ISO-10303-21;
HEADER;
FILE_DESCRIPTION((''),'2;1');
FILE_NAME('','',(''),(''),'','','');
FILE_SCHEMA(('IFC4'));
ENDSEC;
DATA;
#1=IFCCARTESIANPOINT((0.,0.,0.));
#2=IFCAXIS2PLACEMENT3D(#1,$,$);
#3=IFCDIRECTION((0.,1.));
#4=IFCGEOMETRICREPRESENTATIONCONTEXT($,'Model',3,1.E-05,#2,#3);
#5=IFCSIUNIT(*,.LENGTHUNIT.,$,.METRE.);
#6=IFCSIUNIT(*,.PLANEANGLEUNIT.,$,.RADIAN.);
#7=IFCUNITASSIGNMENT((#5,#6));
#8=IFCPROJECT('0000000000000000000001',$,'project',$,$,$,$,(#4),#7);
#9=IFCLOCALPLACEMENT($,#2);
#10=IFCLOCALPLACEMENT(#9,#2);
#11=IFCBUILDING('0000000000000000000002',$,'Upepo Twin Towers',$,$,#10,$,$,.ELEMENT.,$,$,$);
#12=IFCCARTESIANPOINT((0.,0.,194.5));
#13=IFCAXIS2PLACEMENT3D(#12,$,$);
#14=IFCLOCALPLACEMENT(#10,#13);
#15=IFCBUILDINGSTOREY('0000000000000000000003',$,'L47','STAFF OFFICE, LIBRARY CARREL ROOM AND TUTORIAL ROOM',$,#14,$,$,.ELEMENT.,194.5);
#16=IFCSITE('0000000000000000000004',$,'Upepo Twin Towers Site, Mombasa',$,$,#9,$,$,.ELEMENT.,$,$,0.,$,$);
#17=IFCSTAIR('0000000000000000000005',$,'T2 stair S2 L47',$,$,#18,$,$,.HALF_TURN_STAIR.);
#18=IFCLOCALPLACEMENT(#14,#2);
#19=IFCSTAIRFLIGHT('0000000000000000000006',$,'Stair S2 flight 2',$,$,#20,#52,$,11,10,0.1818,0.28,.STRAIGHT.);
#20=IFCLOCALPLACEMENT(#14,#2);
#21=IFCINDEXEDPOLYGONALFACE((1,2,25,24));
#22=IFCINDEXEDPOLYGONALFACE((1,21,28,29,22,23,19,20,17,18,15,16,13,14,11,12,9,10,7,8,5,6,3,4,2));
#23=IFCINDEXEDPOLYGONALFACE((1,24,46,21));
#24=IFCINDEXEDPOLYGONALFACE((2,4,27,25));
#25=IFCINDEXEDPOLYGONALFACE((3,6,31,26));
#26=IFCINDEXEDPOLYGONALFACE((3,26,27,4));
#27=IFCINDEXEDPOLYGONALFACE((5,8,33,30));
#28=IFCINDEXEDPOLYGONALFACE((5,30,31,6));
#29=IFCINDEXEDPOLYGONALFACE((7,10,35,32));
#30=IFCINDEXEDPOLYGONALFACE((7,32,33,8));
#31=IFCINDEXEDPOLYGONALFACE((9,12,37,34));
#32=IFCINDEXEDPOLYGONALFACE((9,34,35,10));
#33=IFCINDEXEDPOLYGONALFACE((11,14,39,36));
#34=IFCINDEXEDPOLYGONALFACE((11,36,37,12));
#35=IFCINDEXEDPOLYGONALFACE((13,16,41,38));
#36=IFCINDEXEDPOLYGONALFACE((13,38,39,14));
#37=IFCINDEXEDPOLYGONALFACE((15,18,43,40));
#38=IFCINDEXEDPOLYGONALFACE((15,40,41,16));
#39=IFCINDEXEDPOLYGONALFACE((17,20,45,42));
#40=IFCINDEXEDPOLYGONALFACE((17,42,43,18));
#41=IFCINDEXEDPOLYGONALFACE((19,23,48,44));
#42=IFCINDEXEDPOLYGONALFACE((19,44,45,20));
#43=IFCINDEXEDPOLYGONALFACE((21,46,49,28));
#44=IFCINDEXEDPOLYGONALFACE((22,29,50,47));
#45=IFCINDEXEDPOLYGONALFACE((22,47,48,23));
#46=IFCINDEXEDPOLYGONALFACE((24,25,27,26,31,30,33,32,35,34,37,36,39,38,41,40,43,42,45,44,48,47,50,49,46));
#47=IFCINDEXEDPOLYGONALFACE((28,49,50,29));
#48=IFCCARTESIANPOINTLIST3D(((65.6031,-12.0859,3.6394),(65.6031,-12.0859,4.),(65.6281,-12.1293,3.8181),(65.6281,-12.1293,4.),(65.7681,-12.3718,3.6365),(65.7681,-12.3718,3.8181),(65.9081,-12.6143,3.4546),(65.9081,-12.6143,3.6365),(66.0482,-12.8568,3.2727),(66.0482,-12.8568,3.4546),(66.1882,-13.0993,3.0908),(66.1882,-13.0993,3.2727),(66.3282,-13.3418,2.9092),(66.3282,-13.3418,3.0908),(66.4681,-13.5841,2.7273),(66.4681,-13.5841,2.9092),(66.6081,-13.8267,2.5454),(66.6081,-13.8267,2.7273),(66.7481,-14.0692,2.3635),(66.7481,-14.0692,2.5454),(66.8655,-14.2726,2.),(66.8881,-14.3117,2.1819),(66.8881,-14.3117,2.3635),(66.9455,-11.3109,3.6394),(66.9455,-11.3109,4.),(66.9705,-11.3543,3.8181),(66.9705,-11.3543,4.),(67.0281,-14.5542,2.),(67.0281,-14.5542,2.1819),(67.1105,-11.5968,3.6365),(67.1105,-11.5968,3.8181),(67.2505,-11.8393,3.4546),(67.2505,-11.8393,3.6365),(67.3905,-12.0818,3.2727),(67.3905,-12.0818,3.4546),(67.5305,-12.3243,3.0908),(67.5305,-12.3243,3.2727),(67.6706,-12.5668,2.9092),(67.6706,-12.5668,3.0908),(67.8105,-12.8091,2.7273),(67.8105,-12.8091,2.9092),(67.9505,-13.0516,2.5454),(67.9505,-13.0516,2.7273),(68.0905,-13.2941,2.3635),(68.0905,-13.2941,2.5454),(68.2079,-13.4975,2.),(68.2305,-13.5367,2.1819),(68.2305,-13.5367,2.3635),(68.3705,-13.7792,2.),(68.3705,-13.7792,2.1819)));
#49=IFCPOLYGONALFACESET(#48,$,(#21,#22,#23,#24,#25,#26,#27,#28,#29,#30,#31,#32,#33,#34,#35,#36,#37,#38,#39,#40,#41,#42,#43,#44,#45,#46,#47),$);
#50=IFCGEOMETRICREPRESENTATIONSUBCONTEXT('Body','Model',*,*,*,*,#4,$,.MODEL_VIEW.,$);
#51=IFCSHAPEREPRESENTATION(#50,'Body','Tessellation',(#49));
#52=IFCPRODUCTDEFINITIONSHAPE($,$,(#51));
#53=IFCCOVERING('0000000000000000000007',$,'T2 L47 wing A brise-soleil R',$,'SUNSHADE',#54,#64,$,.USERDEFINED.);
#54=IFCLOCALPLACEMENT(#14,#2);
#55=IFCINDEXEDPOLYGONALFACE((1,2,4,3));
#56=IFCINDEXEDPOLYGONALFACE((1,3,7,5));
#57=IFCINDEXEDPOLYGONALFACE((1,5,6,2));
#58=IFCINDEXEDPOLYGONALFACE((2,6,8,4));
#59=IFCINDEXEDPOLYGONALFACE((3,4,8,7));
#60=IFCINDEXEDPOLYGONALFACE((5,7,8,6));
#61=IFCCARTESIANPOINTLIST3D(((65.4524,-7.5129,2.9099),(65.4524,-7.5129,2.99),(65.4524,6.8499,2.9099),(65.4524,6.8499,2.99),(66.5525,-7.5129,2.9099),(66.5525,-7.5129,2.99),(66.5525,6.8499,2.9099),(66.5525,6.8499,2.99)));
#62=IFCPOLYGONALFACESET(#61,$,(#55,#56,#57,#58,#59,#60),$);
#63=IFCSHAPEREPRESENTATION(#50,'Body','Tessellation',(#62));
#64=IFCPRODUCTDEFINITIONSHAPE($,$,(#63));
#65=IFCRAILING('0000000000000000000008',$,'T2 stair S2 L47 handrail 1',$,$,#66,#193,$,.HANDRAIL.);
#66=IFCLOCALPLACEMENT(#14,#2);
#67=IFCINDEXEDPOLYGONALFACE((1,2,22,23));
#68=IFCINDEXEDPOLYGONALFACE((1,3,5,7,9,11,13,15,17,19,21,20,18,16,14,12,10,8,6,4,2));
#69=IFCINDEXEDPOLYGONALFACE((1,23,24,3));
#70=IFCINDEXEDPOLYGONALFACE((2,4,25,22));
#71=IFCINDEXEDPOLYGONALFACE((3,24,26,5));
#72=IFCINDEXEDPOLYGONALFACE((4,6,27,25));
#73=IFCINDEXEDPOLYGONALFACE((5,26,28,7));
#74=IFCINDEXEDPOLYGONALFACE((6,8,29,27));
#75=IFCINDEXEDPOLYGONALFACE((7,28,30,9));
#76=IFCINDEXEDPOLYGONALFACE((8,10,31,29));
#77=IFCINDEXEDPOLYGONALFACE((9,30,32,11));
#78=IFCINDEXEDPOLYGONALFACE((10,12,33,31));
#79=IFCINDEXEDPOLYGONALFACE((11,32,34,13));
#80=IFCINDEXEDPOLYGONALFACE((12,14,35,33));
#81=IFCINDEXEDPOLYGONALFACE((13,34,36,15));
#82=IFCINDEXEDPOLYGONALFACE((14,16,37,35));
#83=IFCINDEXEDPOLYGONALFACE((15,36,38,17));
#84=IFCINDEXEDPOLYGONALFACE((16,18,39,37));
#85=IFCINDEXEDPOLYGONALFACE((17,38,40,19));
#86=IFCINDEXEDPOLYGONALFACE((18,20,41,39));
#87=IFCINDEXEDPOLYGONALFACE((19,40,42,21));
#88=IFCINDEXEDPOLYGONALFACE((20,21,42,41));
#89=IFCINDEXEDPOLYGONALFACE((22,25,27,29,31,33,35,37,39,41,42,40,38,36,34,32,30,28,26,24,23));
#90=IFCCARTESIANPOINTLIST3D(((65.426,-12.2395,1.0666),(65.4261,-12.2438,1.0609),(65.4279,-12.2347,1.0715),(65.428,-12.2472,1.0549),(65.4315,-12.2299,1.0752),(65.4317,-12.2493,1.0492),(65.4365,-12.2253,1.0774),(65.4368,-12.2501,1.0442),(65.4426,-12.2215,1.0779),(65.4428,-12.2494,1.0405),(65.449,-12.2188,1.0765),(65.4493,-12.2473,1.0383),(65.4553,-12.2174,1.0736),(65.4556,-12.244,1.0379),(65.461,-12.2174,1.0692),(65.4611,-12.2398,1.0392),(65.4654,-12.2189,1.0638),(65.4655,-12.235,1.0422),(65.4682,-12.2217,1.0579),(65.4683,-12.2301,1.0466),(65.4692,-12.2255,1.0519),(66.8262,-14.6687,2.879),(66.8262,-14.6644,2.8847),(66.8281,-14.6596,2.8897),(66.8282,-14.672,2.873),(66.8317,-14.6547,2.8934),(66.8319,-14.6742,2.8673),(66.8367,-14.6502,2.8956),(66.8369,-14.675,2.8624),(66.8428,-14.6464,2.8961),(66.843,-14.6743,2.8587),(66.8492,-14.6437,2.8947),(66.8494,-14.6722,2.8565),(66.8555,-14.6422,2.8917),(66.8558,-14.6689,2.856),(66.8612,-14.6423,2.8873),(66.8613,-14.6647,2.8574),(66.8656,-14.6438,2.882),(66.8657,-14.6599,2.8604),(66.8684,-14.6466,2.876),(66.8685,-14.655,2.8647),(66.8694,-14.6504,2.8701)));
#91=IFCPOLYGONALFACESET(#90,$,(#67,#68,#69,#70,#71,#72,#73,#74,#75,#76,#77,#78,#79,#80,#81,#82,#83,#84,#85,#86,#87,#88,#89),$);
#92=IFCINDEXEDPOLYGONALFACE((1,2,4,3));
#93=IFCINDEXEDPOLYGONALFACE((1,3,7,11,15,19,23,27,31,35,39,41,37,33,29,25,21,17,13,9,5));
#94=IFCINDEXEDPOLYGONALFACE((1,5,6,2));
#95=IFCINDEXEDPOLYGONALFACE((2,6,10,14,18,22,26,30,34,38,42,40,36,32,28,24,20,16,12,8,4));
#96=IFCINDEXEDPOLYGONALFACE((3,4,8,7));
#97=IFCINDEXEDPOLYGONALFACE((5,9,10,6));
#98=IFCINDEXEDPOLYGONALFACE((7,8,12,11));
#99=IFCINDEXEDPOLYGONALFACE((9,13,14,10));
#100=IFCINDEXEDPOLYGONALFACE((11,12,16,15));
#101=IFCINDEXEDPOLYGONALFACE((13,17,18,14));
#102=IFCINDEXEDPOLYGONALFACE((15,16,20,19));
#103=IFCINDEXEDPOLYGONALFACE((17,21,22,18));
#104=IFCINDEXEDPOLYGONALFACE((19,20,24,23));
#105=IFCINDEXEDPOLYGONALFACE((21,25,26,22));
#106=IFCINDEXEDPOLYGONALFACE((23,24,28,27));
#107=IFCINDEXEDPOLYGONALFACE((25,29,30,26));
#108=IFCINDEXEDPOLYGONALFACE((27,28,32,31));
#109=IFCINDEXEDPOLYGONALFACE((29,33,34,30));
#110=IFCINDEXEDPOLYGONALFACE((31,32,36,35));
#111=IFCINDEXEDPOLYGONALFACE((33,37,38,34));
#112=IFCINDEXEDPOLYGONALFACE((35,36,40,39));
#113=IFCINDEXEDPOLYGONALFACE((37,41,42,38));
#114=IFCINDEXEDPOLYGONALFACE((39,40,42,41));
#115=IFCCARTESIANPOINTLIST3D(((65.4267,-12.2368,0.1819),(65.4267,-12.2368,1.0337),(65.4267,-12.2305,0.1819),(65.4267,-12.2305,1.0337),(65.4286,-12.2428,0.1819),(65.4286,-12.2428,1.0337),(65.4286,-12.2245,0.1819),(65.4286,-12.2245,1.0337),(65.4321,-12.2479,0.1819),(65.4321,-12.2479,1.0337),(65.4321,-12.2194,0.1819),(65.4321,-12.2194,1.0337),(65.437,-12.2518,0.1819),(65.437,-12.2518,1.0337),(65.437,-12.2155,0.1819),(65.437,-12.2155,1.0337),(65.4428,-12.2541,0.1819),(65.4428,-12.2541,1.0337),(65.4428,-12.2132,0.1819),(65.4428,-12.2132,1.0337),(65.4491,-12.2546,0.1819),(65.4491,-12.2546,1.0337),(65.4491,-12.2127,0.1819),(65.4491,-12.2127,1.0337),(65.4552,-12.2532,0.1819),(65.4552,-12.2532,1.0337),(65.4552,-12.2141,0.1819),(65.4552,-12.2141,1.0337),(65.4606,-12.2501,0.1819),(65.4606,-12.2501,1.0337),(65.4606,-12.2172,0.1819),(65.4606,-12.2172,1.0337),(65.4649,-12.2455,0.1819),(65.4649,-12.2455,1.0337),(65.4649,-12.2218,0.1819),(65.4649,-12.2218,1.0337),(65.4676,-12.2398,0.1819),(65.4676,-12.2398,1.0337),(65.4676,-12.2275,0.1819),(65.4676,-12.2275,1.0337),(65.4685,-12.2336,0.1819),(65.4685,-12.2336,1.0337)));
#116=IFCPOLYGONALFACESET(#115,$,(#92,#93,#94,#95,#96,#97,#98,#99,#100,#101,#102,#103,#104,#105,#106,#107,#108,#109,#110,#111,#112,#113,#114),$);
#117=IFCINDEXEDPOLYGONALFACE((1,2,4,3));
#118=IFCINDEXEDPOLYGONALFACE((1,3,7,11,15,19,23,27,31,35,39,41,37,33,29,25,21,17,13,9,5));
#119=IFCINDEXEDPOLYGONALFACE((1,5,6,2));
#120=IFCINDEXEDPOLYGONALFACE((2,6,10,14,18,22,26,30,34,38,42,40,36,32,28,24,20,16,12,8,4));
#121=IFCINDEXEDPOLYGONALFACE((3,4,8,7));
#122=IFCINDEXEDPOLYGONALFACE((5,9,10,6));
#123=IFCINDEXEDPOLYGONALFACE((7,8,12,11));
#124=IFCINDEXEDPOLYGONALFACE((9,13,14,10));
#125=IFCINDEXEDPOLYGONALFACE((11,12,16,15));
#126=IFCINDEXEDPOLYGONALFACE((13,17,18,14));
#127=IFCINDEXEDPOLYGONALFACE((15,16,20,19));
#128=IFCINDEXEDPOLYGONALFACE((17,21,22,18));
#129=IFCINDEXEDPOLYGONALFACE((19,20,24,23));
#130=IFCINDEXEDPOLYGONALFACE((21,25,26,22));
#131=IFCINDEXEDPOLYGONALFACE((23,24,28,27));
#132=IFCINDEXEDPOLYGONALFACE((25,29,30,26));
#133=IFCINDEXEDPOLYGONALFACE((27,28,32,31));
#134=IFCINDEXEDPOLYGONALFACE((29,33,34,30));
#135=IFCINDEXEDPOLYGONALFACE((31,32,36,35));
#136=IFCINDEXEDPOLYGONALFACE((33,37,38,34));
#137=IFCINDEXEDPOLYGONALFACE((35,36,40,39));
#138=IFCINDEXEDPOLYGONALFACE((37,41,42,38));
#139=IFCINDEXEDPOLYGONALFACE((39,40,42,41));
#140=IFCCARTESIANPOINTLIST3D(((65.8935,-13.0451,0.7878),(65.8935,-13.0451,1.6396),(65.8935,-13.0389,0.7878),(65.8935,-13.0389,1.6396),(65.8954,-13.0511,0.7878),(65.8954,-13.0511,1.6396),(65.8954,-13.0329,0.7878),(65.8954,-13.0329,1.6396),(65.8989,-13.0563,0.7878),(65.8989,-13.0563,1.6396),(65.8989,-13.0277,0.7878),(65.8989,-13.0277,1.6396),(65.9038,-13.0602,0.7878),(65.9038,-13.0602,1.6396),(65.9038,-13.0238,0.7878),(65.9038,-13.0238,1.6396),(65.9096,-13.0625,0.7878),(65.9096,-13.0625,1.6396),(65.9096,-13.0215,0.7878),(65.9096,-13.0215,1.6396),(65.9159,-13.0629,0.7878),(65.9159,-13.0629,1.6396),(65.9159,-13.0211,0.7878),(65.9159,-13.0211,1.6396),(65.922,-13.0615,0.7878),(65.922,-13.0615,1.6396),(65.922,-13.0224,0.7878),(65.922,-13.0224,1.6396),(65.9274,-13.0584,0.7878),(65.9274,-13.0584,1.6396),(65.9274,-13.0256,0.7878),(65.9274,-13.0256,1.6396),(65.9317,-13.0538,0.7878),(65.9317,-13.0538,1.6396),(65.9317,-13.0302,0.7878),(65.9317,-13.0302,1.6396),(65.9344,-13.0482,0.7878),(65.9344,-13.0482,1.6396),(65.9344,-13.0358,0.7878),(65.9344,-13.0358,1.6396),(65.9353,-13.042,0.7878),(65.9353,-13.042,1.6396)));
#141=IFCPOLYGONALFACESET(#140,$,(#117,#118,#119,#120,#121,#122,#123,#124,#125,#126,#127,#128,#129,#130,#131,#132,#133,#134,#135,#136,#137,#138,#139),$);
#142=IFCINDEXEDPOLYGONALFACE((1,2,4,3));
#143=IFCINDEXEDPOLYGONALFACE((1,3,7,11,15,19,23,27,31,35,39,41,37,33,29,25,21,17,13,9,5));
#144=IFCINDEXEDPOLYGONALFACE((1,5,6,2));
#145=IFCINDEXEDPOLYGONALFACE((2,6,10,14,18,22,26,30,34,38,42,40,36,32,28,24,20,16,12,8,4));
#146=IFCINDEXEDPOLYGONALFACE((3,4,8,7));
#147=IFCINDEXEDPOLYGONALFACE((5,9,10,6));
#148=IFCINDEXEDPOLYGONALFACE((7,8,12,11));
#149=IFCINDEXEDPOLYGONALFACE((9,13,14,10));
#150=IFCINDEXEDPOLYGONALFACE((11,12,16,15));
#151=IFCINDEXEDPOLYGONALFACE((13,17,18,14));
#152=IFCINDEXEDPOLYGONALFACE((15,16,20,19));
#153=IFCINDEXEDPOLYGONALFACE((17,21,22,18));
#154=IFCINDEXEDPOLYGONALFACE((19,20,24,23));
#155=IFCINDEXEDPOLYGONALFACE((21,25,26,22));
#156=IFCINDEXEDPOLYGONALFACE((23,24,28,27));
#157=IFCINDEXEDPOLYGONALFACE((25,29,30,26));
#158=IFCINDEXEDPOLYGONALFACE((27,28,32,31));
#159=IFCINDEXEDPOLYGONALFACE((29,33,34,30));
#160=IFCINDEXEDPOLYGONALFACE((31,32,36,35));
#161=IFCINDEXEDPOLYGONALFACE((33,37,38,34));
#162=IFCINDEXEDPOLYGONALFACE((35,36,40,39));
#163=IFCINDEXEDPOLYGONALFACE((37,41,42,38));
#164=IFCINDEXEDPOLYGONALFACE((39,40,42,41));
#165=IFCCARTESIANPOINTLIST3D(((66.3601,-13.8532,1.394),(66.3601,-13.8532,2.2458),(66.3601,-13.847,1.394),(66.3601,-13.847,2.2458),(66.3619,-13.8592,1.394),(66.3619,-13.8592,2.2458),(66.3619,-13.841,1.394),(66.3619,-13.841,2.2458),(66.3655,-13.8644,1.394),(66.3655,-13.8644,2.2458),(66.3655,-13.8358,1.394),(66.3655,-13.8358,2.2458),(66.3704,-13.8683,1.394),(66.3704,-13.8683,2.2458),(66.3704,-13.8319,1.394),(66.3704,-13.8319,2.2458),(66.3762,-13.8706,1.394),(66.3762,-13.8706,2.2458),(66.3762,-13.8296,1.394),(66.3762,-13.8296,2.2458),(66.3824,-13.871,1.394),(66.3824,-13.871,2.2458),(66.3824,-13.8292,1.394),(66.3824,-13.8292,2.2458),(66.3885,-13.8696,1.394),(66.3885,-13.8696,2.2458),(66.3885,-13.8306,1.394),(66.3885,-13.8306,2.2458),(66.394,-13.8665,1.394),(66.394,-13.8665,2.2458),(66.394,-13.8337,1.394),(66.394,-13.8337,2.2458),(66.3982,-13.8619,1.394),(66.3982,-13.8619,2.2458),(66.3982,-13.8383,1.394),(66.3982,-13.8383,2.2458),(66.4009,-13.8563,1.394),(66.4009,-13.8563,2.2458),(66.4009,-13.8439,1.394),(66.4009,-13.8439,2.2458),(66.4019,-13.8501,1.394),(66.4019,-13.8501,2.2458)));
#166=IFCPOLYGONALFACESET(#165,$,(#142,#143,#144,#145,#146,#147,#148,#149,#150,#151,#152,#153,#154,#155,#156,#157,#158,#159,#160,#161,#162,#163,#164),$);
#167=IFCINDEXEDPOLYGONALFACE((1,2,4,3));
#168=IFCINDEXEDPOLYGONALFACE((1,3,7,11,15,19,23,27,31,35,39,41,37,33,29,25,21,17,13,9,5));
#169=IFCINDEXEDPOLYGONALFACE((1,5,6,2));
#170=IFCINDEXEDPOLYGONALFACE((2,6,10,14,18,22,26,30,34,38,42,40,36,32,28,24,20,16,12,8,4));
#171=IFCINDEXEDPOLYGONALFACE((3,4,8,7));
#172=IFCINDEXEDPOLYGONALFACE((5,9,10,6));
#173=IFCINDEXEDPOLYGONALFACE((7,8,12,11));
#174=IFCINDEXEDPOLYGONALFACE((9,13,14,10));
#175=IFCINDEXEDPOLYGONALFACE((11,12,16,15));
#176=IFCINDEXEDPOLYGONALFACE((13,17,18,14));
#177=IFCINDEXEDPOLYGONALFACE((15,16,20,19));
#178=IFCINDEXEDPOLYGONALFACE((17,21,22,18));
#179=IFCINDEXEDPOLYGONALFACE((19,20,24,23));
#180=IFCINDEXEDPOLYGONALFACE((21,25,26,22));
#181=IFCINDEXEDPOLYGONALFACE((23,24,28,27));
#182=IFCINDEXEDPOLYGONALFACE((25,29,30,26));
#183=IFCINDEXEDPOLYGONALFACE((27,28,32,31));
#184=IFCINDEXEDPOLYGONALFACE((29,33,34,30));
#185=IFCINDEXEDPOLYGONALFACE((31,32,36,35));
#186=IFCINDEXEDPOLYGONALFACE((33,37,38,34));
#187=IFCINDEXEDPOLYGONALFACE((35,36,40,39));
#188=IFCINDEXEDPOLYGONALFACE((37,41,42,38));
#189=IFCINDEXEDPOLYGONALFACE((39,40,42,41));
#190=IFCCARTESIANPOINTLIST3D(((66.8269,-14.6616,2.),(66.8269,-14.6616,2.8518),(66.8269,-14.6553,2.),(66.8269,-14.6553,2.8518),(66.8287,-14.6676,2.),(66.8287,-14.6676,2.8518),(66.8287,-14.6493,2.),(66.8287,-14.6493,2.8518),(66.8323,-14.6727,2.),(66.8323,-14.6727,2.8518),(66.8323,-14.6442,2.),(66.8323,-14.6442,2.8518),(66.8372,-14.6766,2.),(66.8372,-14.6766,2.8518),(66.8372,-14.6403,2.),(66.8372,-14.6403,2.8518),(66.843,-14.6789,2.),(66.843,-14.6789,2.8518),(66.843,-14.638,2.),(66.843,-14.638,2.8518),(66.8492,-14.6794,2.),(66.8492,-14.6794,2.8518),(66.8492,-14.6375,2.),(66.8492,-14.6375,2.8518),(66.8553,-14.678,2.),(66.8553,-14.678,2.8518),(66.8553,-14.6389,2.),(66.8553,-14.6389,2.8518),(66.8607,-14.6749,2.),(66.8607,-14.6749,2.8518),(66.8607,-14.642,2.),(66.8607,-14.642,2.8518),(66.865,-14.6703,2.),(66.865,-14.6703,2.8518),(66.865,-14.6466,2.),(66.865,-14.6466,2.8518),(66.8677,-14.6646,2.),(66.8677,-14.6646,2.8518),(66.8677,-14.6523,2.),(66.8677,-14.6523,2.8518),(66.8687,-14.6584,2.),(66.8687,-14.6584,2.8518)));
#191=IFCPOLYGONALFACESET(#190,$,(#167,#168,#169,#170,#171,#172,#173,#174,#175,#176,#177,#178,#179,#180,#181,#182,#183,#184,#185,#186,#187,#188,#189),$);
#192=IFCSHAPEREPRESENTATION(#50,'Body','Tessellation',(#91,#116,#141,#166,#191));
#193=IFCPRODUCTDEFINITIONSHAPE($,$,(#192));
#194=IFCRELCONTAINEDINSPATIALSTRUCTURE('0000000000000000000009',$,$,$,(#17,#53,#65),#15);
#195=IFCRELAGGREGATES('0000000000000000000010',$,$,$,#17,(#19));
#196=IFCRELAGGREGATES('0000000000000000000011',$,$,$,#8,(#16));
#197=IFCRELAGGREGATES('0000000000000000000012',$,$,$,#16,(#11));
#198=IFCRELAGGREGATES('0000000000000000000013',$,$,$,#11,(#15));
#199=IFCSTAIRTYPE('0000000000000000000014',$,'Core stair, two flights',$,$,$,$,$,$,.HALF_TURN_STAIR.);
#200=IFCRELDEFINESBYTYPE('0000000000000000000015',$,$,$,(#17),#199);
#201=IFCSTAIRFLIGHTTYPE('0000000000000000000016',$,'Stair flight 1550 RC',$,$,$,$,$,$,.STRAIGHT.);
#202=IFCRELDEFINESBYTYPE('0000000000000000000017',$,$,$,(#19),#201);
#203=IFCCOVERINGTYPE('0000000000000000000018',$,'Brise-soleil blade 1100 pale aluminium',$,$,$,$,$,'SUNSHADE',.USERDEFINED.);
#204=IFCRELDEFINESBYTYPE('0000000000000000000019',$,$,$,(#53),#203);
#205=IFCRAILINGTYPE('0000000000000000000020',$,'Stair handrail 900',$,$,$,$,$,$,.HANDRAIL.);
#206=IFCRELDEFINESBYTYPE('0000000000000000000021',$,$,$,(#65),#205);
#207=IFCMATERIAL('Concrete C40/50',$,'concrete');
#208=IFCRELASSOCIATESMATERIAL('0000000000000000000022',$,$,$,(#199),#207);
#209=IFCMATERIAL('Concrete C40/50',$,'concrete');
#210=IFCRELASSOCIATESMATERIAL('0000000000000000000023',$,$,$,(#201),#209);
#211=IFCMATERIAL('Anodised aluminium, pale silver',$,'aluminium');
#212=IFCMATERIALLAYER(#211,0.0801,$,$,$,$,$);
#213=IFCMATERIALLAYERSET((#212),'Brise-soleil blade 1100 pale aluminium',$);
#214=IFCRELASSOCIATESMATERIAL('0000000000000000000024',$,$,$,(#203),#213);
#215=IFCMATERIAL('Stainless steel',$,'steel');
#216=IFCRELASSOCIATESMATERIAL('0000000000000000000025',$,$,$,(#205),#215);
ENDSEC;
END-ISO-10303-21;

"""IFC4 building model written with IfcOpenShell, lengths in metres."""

from ifc_helpers import new_model, si_unit, direction, frame, origin, origin_2d, place, context, subcontext, project, spatial, polyline, rectangle, circle, outline, extrude, material, layer, layer_set, type_object, element, aggregate, save


model = new_model("IFC4")

# Units and contexts
model_context = context("Model", 3, precision=1e-05, world=origin(), true_north=direction((0.0, 1.0)))
body_context = subcontext(model_context, "Body", "Model", "MODEL_VIEW")
ifc_project = project(units=[si_unit("LENGTHUNIT", "METRE"), si_unit("PLANEANGLEUNIT", "RADIAN")], contexts=[model_context])

# Site, building, storey
site_placement = place(None, origin())
site = spatial("IfcSite", under=ifc_project, at=site_placement, Name="Upepo Twin Towers Site, Mombasa", CompositionType="ELEMENT", RefElevation=0.0)
building_placement = place(site_placement, origin())
building = spatial("IfcBuilding", under=site, at=building_placement, Name="Upepo Twin Towers", CompositionType="ELEMENT")
storey_placement = place(building_placement, frame((0.0, 0.0, 194.5)))
storey = spatial("IfcBuildingStorey", under=building, at=storey_placement, Name="L47", Description="STAFF OFFICE, LIBRARY CARREL ROOM AND TUTORIAL ROOM", CompositionType="ELEMENT", Elevation=194.5)

# Stair, stair flight
ifc_material_1 = material(Name="Concrete C40/50", Category="concrete")
stair_type = type_object("IfcStairType", Name="Core stair, two flights", PredefinedType="HALF_TURN_STAIR", material=ifc_material_1)
stair_placement = place(storey_placement, origin())
stair = element("IfcStair", 1, at=stair_placement, inside=storey, type_object=stair_type, Name="T2 stair S2 L47", PredefinedType="HALF_TURN_STAIR")
ifc_material_2 = material(Name="Concrete C40/50", Category="concrete")
stair_flight_type = type_object("IfcStairFlightType", Name="Stair flight 1550 RC", PredefinedType="STRAIGHT", material=ifc_material_2)
stair_flight_1_placement = place(storey_placement, frame((67.6992, -14.1667, 2.0), z_axis=(0.0, 0.0, 1.0), x_axis=(-0.5, 0.866025, 0.0)))
stair_flight_1 = element("IfcStairFlight", 2, at=stair_flight_1_placement, type_object=stair_flight_type, Name="Stair S2 flight 2", NumberOfRisers=11, NumberOfTreads=10, PredefinedType="STRAIGHT", RiserHeight=0.1818, TreadLength=0.28, context=body_context, shape_type="SweptSolid", body=[
    extrude(outline(polyline([(0.0, 0.0), (0.0, 0.1819), (0.28, 0.1819), (0.28, 0.3635), (0.5601, 0.3635), (0.5601, 0.5454), (0.8401, 0.5454), (0.8401, 0.7273), (1.1201, 0.7273), (1.1201, 0.9092), (1.3999, 0.9092), (1.3999, 1.0908), (1.6799, 1.0908), (1.6799, 1.2727), (1.96, 1.2727), (1.96, 1.4546), (2.24, 1.4546), (2.24, 1.6365), (2.52, 1.6365), (2.52, 1.8181), (2.8, 1.8181), (2.8, 2.0), (2.8501, 2.0), (2.8501, 1.6394), (0.3252, 0.0), (0.0, 0.0)])), frame((0.0, 0.7749, 0.0), z_axis=(0.0, -1.0, 0.0), x_axis=(1.0, 0.0, 0.0)), (0.0, 0.0, 1.0), 1.55),
])
aggregate(stair, [stair_flight_1])

# Covering
ifc_material_3 = material(Name="Anodised aluminium, pale silver", Category="aluminium")
ifc_layer_1 = layer(ifc_material_3, 0.0801)
ifc_layer_set_1 = layer_set([ifc_layer_1], Name="Brise-soleil blade 1100 pale aluminium")
covering_type = type_object("IfcCoveringType", Name="Brise-soleil blade 1100 pale aluminium", ElementType="SUNSHADE", PredefinedType="USERDEFINED", material=ifc_layer_set_1)
covering_placement = place(storey_placement, frame((66.0024, -0.3315, 2.9099), z_axis=(0.0, 0.0, 1.0), x_axis=(0.0, 1.0, 0.0)))
element("IfcCovering", 3, at=covering_placement, inside=storey, type_object=covering_type, Name="T2 L47 wing A brise-soleil R", ObjectType="SUNSHADE", PredefinedType="USERDEFINED", context=body_context, shape_type="SweptSolid", body=[
    extrude(rectangle(XDim=14.3628, YDim=1.1001, at=origin_2d()), origin(), (0.0, 0.0, 1.0), 0.0801),
])

# Railing
ifc_material_4 = material(Name="Stainless steel", Category="steel")
railing_type = type_object("IfcRailingType", Name="Stair handrail 900", PredefinedType="HANDRAIL", material=ifc_material_4)
railing_1_placement = place(storey_placement, frame((65.4475, -12.2336, 0.1819)))
element("IfcRailing", 4, at=railing_1_placement, inside=storey, type_object=railing_type, Name="T2 stair S2 L47 handrail 1", PredefinedType="HANDRAIL", context=body_context, shape_type="SweptSolid", body=[
    extrude(circle(Radius=0.0239, at=origin_2d()), frame((0.0, 0.0, 0.876), z_axis=(0.419393, -0.726314, 0.544589), x_axis=(0.865997, 0.50005, 0.0)), (0.0, 0.0, 1.0), 3.3386),
    extrude(circle(Radius=0.021, at=origin_2d()), origin(), (0.0, 0.0, 1.0), 0.8518),
    extrude(circle(Radius=0.021, at=origin_2d()), frame((0.4668, -0.8083, 0.606)), (0.0, 0.0, 1.0), 0.8518),
    extrude(circle(Radius=0.021, at=origin_2d()), frame((0.9333, -1.6165, 1.2122)), (0.0, 0.0, 1.0), 0.8518),
    extrude(circle(Radius=0.021, at=origin_2d()), frame((1.4001, -2.4248, 1.8181)), (0.0, 0.0, 1.0), 0.8518),
])

save(model, "model.ifc")
